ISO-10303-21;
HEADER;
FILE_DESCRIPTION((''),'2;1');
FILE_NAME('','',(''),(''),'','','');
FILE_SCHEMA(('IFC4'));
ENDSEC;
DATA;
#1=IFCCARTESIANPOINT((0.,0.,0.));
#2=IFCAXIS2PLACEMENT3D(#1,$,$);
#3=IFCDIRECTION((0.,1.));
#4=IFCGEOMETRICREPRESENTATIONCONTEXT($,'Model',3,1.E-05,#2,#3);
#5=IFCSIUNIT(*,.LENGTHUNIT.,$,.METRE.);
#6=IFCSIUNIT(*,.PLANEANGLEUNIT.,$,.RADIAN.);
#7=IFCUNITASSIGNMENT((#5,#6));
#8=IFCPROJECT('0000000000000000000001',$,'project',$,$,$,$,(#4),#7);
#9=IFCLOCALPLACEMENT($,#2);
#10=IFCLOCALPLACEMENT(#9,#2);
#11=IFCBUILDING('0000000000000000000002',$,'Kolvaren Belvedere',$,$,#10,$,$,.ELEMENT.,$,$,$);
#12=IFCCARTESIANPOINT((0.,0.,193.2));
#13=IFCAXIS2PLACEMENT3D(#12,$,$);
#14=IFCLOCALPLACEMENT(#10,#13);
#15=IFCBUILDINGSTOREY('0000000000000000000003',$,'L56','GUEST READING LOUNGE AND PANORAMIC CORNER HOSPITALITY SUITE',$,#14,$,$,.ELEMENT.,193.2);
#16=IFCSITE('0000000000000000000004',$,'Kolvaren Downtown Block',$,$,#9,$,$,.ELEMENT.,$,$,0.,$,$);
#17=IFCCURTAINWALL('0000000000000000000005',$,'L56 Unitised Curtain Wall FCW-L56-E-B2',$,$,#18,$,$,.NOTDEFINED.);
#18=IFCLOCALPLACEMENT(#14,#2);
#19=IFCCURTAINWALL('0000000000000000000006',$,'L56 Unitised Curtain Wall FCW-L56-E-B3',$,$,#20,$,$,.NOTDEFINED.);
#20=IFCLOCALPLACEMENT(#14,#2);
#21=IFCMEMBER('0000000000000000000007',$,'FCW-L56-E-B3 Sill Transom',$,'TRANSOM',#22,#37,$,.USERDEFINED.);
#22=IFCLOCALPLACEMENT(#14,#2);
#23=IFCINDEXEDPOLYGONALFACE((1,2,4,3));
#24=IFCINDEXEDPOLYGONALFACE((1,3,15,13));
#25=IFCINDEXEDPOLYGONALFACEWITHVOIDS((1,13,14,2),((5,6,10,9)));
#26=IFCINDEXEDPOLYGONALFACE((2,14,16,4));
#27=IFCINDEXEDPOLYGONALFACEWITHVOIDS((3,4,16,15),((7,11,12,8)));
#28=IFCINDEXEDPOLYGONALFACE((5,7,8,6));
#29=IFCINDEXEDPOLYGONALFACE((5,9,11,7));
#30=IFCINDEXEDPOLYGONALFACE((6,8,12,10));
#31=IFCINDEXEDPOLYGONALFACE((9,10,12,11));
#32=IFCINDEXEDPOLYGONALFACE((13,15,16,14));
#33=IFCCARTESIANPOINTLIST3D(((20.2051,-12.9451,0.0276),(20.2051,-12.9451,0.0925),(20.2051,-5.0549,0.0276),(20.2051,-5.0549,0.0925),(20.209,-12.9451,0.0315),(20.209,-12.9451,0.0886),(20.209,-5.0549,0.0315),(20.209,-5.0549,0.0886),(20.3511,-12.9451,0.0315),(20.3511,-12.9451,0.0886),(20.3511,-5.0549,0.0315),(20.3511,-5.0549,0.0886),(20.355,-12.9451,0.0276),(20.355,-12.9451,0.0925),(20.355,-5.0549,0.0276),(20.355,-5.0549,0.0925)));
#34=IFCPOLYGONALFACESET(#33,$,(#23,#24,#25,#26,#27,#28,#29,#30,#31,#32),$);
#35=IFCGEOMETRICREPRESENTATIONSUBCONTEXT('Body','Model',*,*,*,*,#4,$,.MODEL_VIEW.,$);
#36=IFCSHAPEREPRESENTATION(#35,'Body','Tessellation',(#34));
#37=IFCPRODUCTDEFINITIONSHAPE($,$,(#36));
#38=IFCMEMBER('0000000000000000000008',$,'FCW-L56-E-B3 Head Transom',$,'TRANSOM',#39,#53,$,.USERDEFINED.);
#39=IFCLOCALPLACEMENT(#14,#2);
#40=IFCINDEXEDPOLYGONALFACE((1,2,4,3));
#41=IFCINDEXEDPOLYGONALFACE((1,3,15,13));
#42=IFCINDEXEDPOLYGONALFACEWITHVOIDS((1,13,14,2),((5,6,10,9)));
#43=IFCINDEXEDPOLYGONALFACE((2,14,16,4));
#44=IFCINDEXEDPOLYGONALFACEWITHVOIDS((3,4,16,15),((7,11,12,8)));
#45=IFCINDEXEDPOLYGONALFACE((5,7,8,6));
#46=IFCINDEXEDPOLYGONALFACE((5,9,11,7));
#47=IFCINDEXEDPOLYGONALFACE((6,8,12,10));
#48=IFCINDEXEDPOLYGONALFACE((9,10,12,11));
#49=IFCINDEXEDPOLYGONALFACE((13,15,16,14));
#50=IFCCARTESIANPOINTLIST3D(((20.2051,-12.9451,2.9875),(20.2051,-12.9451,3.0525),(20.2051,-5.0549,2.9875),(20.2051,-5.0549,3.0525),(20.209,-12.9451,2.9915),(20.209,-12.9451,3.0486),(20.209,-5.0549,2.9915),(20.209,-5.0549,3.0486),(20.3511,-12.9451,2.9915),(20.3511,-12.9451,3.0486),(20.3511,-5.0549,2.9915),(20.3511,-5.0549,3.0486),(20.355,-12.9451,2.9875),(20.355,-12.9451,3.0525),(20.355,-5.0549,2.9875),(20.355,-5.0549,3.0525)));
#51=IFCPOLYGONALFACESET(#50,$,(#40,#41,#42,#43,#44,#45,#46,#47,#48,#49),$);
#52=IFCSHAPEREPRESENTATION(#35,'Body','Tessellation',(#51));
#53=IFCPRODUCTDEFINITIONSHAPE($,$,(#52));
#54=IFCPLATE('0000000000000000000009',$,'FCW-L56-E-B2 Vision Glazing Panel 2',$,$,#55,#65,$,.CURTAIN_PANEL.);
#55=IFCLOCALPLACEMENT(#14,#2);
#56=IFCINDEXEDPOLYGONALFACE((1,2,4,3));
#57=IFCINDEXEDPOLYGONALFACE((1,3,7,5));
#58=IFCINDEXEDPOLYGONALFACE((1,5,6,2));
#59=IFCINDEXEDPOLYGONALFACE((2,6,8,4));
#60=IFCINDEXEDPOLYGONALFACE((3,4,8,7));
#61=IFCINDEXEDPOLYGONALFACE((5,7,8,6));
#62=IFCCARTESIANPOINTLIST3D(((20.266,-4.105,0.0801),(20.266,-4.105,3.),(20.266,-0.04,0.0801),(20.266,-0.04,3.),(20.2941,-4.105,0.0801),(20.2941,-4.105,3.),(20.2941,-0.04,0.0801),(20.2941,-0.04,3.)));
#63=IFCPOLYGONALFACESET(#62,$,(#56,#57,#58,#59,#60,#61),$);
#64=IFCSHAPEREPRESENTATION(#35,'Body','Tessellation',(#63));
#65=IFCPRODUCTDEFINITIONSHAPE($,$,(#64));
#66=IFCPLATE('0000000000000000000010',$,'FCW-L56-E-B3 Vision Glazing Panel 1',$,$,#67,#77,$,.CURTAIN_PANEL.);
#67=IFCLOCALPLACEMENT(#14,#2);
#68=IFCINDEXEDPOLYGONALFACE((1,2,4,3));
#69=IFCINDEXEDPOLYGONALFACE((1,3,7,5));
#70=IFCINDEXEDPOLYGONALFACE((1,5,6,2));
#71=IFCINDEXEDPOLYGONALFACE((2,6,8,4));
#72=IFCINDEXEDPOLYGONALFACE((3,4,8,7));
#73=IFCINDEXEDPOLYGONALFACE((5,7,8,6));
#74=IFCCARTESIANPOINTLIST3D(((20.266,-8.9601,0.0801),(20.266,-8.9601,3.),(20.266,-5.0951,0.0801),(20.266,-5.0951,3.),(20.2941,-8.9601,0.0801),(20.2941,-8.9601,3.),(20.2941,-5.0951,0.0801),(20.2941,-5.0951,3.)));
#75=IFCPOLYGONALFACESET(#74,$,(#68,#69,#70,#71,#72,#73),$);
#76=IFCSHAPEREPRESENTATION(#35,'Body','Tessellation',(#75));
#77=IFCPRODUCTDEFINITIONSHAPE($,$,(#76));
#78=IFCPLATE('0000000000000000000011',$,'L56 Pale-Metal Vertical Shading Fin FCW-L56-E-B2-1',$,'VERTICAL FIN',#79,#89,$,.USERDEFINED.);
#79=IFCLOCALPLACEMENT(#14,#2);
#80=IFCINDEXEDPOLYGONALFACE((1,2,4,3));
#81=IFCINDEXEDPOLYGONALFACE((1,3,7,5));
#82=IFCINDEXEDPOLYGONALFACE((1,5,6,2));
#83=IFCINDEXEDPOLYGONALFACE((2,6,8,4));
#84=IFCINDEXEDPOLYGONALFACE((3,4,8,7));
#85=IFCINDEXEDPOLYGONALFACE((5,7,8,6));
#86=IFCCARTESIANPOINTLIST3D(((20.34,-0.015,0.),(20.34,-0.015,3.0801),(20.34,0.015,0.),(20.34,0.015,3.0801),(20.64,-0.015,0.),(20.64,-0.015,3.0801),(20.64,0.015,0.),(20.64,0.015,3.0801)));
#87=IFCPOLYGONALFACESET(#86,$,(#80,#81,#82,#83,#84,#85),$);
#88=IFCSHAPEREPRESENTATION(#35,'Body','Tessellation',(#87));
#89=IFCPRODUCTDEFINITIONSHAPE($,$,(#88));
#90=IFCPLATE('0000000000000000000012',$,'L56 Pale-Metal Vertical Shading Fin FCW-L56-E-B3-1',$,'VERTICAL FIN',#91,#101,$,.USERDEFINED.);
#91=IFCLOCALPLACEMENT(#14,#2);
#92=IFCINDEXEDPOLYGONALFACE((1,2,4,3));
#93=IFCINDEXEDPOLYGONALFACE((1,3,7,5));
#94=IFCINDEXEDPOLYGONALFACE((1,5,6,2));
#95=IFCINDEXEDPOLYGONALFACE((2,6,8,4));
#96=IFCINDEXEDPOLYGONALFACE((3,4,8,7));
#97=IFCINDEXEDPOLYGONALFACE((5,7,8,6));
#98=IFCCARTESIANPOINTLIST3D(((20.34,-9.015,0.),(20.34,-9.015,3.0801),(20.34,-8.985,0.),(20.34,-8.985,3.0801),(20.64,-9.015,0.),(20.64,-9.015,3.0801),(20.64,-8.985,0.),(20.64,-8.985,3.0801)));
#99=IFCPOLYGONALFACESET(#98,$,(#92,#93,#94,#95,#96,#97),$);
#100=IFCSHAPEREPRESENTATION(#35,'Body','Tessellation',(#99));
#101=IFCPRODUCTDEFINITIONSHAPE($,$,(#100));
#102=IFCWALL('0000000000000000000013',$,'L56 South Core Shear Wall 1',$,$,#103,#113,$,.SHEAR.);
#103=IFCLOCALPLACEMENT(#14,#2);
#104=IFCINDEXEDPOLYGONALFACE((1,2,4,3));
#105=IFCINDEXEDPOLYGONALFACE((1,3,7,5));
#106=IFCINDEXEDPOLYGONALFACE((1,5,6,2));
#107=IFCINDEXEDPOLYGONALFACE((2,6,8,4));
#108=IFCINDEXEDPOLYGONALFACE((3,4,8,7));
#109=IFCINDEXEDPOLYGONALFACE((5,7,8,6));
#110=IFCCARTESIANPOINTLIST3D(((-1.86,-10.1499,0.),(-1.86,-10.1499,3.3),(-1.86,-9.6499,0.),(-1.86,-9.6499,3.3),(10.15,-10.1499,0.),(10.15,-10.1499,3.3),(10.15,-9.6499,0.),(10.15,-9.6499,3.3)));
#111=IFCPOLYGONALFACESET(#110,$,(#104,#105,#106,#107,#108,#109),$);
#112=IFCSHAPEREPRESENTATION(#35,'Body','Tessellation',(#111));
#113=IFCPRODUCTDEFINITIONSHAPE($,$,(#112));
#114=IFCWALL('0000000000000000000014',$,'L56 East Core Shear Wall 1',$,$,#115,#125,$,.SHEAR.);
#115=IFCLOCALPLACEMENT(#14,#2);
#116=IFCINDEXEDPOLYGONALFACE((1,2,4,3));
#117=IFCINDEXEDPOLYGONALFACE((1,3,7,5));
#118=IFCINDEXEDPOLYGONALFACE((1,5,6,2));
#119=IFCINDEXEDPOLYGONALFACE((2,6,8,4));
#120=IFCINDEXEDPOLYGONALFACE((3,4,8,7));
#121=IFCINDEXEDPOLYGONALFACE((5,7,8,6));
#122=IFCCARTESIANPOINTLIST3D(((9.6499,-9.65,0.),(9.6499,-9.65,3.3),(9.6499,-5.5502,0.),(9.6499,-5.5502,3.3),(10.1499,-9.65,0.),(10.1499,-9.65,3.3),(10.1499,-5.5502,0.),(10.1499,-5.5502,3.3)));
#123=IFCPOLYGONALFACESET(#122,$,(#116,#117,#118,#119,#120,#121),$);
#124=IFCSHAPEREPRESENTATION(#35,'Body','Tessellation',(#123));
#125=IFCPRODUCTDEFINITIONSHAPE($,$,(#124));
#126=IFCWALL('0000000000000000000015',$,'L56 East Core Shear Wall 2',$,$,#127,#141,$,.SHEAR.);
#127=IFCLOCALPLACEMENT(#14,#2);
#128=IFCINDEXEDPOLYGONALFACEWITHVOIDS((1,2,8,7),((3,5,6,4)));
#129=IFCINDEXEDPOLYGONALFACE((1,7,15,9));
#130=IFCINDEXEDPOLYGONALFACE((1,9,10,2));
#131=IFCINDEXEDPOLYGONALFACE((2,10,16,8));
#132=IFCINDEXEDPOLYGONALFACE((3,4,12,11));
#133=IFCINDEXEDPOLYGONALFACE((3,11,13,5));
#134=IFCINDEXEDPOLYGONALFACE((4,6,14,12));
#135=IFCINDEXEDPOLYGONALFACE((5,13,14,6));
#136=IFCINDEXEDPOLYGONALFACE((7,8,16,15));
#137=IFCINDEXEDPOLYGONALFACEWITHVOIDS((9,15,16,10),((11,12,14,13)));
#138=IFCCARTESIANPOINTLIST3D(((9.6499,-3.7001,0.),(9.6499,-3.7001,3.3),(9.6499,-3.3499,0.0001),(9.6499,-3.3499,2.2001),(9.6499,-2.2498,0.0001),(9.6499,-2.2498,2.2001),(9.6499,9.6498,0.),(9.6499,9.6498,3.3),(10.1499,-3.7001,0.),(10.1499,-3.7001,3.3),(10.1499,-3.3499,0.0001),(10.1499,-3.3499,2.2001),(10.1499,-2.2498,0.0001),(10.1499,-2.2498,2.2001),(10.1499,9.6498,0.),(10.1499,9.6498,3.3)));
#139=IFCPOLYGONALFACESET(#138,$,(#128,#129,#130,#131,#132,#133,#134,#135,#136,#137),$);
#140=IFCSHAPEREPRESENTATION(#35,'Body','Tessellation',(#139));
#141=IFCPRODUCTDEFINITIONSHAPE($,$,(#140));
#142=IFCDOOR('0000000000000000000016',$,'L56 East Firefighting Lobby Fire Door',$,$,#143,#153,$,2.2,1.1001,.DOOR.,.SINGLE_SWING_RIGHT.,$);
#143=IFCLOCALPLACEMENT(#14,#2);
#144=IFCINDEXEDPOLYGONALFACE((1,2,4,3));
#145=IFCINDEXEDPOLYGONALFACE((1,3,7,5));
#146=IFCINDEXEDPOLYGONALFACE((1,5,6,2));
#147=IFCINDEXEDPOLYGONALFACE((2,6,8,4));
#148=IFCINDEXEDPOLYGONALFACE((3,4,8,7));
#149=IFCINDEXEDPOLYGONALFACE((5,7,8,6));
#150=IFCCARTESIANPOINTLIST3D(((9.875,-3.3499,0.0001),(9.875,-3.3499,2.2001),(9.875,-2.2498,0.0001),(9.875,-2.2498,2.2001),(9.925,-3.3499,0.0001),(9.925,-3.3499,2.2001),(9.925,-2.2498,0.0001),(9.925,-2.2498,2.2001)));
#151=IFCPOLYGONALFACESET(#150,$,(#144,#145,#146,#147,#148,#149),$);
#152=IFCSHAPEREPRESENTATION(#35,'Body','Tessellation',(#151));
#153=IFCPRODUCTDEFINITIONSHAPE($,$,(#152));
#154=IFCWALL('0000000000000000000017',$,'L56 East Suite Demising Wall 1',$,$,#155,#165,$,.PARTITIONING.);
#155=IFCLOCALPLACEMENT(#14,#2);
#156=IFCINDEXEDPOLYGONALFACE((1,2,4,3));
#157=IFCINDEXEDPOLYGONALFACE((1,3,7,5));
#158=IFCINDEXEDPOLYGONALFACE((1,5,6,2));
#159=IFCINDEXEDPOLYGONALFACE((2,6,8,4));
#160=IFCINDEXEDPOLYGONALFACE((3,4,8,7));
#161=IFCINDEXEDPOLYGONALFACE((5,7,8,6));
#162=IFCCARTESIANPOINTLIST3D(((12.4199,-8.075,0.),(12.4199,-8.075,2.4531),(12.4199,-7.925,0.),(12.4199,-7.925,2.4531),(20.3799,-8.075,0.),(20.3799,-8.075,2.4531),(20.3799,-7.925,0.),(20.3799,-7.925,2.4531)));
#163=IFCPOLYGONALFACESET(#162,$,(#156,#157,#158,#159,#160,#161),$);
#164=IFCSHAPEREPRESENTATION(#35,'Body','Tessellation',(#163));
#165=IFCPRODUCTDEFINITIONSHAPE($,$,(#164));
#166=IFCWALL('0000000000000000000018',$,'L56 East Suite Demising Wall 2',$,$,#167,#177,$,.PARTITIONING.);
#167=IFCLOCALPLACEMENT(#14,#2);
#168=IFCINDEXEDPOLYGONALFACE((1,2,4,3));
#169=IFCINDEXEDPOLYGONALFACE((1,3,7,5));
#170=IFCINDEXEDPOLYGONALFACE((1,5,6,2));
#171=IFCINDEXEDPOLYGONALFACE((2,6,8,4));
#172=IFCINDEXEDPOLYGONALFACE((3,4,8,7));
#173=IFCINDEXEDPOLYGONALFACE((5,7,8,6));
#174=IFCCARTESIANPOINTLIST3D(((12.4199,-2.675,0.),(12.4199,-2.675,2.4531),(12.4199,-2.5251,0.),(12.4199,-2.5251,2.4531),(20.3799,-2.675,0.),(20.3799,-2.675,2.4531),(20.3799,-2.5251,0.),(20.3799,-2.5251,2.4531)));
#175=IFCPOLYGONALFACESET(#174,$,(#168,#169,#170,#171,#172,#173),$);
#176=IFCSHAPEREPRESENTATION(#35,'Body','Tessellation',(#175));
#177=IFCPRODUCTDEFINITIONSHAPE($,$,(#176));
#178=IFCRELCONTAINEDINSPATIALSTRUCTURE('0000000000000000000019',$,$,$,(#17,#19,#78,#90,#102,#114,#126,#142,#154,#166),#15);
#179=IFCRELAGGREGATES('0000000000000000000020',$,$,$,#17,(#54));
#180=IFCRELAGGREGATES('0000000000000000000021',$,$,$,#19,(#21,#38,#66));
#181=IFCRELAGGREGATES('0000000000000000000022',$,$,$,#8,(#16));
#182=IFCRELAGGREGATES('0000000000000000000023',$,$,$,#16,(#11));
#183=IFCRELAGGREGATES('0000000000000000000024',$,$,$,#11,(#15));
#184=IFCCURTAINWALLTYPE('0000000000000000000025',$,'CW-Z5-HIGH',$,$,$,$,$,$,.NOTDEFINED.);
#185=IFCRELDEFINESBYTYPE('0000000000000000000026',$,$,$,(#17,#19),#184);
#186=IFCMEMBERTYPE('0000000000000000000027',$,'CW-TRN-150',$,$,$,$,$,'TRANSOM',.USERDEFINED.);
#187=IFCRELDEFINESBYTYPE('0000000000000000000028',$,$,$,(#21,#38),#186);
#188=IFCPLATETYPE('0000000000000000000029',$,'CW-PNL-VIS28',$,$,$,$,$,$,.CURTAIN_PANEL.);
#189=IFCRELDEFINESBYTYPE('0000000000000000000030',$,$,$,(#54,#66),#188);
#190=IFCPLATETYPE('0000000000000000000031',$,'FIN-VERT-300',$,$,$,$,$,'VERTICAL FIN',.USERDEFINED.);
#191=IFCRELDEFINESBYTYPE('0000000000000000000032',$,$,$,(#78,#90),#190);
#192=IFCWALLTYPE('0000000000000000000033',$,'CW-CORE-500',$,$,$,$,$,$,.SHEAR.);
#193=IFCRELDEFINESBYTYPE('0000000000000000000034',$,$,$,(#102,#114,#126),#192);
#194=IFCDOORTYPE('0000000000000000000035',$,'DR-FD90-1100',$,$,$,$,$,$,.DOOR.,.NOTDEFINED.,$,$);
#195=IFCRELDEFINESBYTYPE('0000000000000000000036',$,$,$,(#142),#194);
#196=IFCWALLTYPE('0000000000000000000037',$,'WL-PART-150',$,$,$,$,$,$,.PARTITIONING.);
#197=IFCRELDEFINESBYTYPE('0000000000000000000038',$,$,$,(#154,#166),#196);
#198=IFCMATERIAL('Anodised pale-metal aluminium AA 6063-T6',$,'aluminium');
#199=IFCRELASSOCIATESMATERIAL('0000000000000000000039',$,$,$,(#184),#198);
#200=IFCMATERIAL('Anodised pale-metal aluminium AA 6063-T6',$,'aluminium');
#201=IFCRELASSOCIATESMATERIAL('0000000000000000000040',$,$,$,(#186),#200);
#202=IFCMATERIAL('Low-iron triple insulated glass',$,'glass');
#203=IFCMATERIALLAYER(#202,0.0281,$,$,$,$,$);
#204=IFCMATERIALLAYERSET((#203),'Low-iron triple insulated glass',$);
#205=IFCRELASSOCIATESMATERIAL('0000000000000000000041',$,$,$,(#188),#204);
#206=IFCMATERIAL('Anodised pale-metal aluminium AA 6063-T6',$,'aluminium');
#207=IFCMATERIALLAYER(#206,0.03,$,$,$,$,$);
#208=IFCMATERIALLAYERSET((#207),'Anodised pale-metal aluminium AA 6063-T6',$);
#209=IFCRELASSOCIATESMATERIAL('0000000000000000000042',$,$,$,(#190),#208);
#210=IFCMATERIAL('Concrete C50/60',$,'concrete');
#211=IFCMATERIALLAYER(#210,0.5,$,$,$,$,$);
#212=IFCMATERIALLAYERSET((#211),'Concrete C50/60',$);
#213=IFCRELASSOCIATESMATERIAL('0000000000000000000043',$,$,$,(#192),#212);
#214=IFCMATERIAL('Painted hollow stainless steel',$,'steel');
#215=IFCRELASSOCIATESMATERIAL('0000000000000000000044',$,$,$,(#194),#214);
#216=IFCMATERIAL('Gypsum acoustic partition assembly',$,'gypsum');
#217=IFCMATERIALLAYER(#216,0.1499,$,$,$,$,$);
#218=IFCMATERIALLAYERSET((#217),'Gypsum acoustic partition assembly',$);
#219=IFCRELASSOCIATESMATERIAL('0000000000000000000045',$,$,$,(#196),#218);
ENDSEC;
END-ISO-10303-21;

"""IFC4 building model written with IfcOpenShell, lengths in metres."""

from ifc_helpers import new_model, si_unit, direction, frame, frame_2d, origin, origin_2d, place, context, subcontext, project, spatial, rectangle, hollow_rectangle, extrude, material, layer, layer_set, material_profile, profile_set, type_object, element, fill, aggregate, save


model = new_model("IFC4")

# Units and contexts
model_context = context("Model", 3, precision=1e-05, world=origin(), true_north=direction((0.0, 1.0)))
body_context = subcontext(model_context, "Body", "Model", "MODEL_VIEW")
ifc_project = project(units=[si_unit("LENGTHUNIT", "METRE"), si_unit("PLANEANGLEUNIT", "RADIAN")], contexts=[model_context])

# Site, building, storey
site_placement = place(None, origin())
site = spatial("IfcSite", under=ifc_project, at=site_placement, Name="Kolvaren Downtown Block", CompositionType="ELEMENT", RefElevation=0.0)
building_placement = place(site_placement, origin())
building = spatial("IfcBuilding", under=site, at=building_placement, Name="Kolvaren Belvedere", CompositionType="ELEMENT")
storey_placement = place(building_placement, frame((0.0, 0.0, 193.2)))
storey = spatial("IfcBuildingStorey", under=building, at=storey_placement, Name="L56", Description="GUEST READING LOUNGE AND PANORAMIC CORNER HOSPITALITY SUITE", CompositionType="ELEMENT", Elevation=193.2)

# Curtain walls, members
ifc_material_1 = material(Name="Anodised pale-metal aluminium AA 6063-T6", Category="aluminium")
curtain_wall_type = type_object("IfcCurtainWallType", Name="CW-Z5-HIGH", PredefinedType="NOTDEFINED", material=ifc_material_1)
curtain_wall_1_placement = place(storey_placement, origin())
curtain_wall_1 = element("IfcCurtainWall", 1, at=curtain_wall_1_placement, inside=storey, type_object=curtain_wall_type, Name="L56 Unitised Curtain Wall FCW-L56-E-B2", PredefinedType="NOTDEFINED")
curtain_wall_2_placement = place(storey_placement, origin())
curtain_wall_2 = element("IfcCurtainWall", 2, at=curtain_wall_2_placement, inside=storey, type_object=curtain_wall_type, Name="L56 Unitised Curtain Wall FCW-L56-E-B3", PredefinedType="NOTDEFINED")
ifc_material_2 = material(Name="Anodised pale-metal aluminium AA 6063-T6", Category="aluminium")
ifc_material_profile_1 = material_profile(ifc_material_2, hollow_rectangle(XDim=0.0649, YDim=0.1499, WallThickness=0.0039, at=origin_2d()), Name="ALU-TRN-150X65")
ifc_profile_set_1 = profile_set([ifc_material_profile_1], Name="Anodised pale-metal aluminium AA 6063-T6")
member_type_1 = type_object("IfcMemberType", Name="CW-TRN-150", ElementType="TRANSOM", PredefinedType="USERDEFINED", material=ifc_profile_set_1)
member_1_placement = place(storey_placement, frame((20.28, -5.0549, 0.0601), z_axis=(0.0, -1.0, 0.0), x_axis=(0.0, 0.0, 1.0)))
member_1 = element("IfcMember", 3, at=member_1_placement, type_object=member_type_1, Name="FCW-L56-E-B3 Sill Transom", ObjectType="TRANSOM", PredefinedType="USERDEFINED", context=body_context, shape_type="SweptSolid", body=[
    extrude(hollow_rectangle(XDim=0.0649, YDim=0.1499, WallThickness=0.0039, at=origin_2d()), origin(), (0.0, 0.0, 1.0), 7.8901),
])
member_2_placement = place(storey_placement, frame((20.28, -5.0549, 3.02), z_axis=(0.0, -1.0, 0.0), x_axis=(0.0, 0.0, 1.0)))
member_2 = element("IfcMember", 4, at=member_2_placement, type_object=member_type_1, Name="FCW-L56-E-B3 Head Transom", ObjectType="TRANSOM", PredefinedType="USERDEFINED", context=body_context, shape_type="SweptSolid", body=[
    extrude(hollow_rectangle(XDim=0.0649, YDim=0.1499, WallThickness=0.0039, at=origin_2d()), origin(), (0.0, 0.0, 1.0), 7.8901),
])

# Plates
ifc_material_3 = material(Name="Low-iron triple insulated glass", Category="glass")
ifc_layer_1 = layer(ifc_material_3, 0.0281)
ifc_layer_set_1 = layer_set([ifc_layer_1], Name="Low-iron triple insulated glass")
plate_type_1 = type_object("IfcPlateType", Name="CW-PNL-VIS28", PredefinedType="CURTAIN_PANEL", material=ifc_layer_set_1)
plate_1_placement = place(storey_placement, frame((20.28, -2.0725, 0.0801), z_axis=(0.0, 0.0, 1.0), x_axis=(0.0, -1.0, 0.0)))
plate_1 = element("IfcPlate", 5, at=plate_1_placement, type_object=plate_type_1, Name="FCW-L56-E-B2 Vision Glazing Panel 2", PredefinedType="CURTAIN_PANEL", context=body_context, shape_type="SweptSolid", body=[
    extrude(rectangle(XDim=4.0649, YDim=0.0281, at=origin_2d()), origin(), (0.0, 0.0, 1.0), 2.9199),
])
aggregate(curtain_wall_1, [plate_1])
plate_2_placement = place(storey_placement, frame((20.28, -7.0276, 0.0801), z_axis=(0.0, 0.0, 1.0), x_axis=(0.0, -1.0, 0.0)))
plate_2 = element("IfcPlate", 6, at=plate_2_placement, type_object=plate_type_1, Name="FCW-L56-E-B3 Vision Glazing Panel 1", PredefinedType="CURTAIN_PANEL", context=body_context, shape_type="SweptSolid", body=[
    extrude(rectangle(XDim=3.865, YDim=0.0281, at=origin_2d()), origin(), (0.0, 0.0, 1.0), 2.9199),
])
aggregate(curtain_wall_2, [member_1, member_2, plate_2])

# Plates
ifc_material_4 = material(Name="Anodised pale-metal aluminium AA 6063-T6", Category="aluminium")
ifc_layer_2 = layer(ifc_material_4, 0.03)
ifc_layer_set_2 = layer_set([ifc_layer_2], Name="Anodised pale-metal aluminium AA 6063-T6")
plate_type_2 = type_object("IfcPlateType", Name="FIN-VERT-300", ElementType="VERTICAL FIN", PredefinedType="USERDEFINED", material=ifc_layer_set_2)
for number, where, z_axis, x_axis, name in (
    (7, (20.49, 0.0, 0.0), (0.0, 0.0, 1.0), (1.0, 0.0, 0.0), "L56 Pale-Metal Vertical Shading Fin FCW-L56-E-B2-1"),
    (8, (20.49, -9.0, 0.0), (0.0, 0.0, 1.0), (1.0, 0.0, 0.0), "L56 Pale-Metal Vertical Shading Fin FCW-L56-E-B3-1"),
):
    element("IfcPlate", number, at=place(storey_placement, frame(where, z_axis=z_axis, x_axis=x_axis)), inside=storey, type_object=plate_type_2, Name=name, ObjectType="VERTICAL FIN", PredefinedType="USERDEFINED", context=body_context, shape_type="SweptSolid", body=[
        extrude(rectangle(XDim=0.3, YDim=0.03, at=origin_2d()), origin(), (0.0, 0.0, 1.0), 3.0801),
    ])

# Walls
ifc_material_5 = material(Name="Concrete C50/60", Category="concrete")
ifc_layer_3 = layer(ifc_material_5, 0.5)
ifc_layer_set_3 = layer_set([ifc_layer_3], Name="Concrete C50/60")
wall_type_1 = type_object("IfcWallType", Name="CW-CORE-500", PredefinedType="SHEAR", material=ifc_layer_set_3)
wall_1_placement = place(storey_placement, frame((10.1499, -9.8999, 0.0), z_axis=(0.0, 0.0, 1.0), x_axis=(-1.0, 0.0, 0.0)))
element("IfcWall", 9, at=wall_1_placement, inside=storey, type_object=wall_type_1, Name="L56 South Core Shear Wall 1", PredefinedType="SHEAR", context=body_context, shape_type="SweptSolid", body=[
    extrude(rectangle(XDim=12.01, YDim=0.5, at=frame_2d((6.0049, 0.0))), origin(), (0.0, 0.0, 1.0), 3.3),
])
wall_2_placement = place(storey_placement, frame((9.8999, -9.6499, 0.0), z_axis=(0.0, 0.0, 1.0), x_axis=(0.0, 1.0, 0.0)))
element("IfcWall", 10, at=wall_2_placement, inside=storey, type_object=wall_type_1, Name="L56 East Core Shear Wall 1", PredefinedType="SHEAR", context=body_context, shape_type="SweptSolid", body=[
    extrude(rectangle(XDim=4.0999, YDim=0.5, at=frame_2d((2.0498, 0.0))), origin(), (0.0, 0.0, 1.0), 3.3),
])

# Wall, opening, door
wall_3_placement = place(storey_placement, frame((9.8999, -3.7, 0.0), z_axis=(0.0, 0.0, 1.0), x_axis=(0.0, 1.0, 0.0)))
wall_3 = element("IfcWall", 11, at=wall_3_placement, inside=storey, type_object=wall_type_1, Name="L56 East Core Shear Wall 2", PredefinedType="SHEAR", context=body_context, shape_type="SweptSolid", body=[
    extrude(rectangle(XDim=13.3499, YDim=0.5, at=frame_2d((6.6748, 0.0))), origin(), (0.0, 0.0, 1.0), 3.3),
])
opening_placement = place(wall_3_placement, frame((0.3501, 0.0, 0.0)))
opening = element("IfcOpeningElement", 12, at=opening_placement, cuts=wall_3, PredefinedType="OPENING", context=body_context, shape_type="SweptSolid", body=[
    extrude(rectangle(XDim=1.1001, YDim=2.2, at=frame_2d((0.55, 1.1001))), frame((0.0, 0.26, 0.0), z_axis=(0.0, -1.0, 0.0), x_axis=(1.0, 0.0, 0.0)), (0.0, 0.0, 1.0), 0.52),
])
ifc_material_6 = material(Name="Painted hollow stainless steel", Category="steel")
door_type = type_object("IfcDoorType", Name="DR-FD90-1100", OperationType="NOTDEFINED", PredefinedType="DOOR", material=ifc_material_6)
door_placement = place(opening_placement, origin())
door = element("IfcDoor", 13, at=door_placement, inside=storey, type_object=door_type, Name="L56 East Firefighting Lobby Fire Door", OperationType="SINGLE_SWING_RIGHT", OverallHeight=2.2, OverallWidth=1.1001, PredefinedType="DOOR", context=body_context, shape_type="SweptSolid", body=[
    extrude(rectangle(XDim=1.1001, YDim=2.2, at=frame_2d((0.55, 1.1001))), frame((0.0, 0.0249, 0.0), z_axis=(0.0, -1.0, 0.0), x_axis=(1.0, 0.0, 0.0)), (0.0, 0.0, 1.0), 0.05),
])
fill(opening, door)

# Walls
ifc_material_7 = material(Name="Gypsum acoustic partition assembly", Category="gypsum")
ifc_layer_4 = layer(ifc_material_7, 0.1499)
ifc_layer_set_4 = layer_set([ifc_layer_4], Name="Gypsum acoustic partition assembly")
wall_type_2 = type_object("IfcWallType", Name="WL-PART-150", PredefinedType="PARTITIONING", material=ifc_layer_set_4)
for number, where, z_axis, x_axis, name in (
    (14, (12.4199, -8.0, 0.0), (0.0, 0.0, 1.0), (1.0, 0.0, 0.0), "L56 East Suite Demising Wall 1"),
    (15, (12.4199, -2.6001, 0.0), (0.0, 0.0, 1.0), (1.0, 0.0, 0.0), "L56 East Suite Demising Wall 2"),
):
    element("IfcWall", number, at=place(storey_placement, frame(where, z_axis=z_axis, x_axis=x_axis)), inside=storey, type_object=wall_type_2, Name=name, PredefinedType="PARTITIONING", context=body_context, shape_type="SweptSolid", body=[
        extrude(rectangle(XDim=7.96, YDim=0.1499, at=frame_2d((3.98, 0.0))), origin(), (0.0, 0.0, 1.0), 2.4531),
    ])

save(model, "model.ifc")
